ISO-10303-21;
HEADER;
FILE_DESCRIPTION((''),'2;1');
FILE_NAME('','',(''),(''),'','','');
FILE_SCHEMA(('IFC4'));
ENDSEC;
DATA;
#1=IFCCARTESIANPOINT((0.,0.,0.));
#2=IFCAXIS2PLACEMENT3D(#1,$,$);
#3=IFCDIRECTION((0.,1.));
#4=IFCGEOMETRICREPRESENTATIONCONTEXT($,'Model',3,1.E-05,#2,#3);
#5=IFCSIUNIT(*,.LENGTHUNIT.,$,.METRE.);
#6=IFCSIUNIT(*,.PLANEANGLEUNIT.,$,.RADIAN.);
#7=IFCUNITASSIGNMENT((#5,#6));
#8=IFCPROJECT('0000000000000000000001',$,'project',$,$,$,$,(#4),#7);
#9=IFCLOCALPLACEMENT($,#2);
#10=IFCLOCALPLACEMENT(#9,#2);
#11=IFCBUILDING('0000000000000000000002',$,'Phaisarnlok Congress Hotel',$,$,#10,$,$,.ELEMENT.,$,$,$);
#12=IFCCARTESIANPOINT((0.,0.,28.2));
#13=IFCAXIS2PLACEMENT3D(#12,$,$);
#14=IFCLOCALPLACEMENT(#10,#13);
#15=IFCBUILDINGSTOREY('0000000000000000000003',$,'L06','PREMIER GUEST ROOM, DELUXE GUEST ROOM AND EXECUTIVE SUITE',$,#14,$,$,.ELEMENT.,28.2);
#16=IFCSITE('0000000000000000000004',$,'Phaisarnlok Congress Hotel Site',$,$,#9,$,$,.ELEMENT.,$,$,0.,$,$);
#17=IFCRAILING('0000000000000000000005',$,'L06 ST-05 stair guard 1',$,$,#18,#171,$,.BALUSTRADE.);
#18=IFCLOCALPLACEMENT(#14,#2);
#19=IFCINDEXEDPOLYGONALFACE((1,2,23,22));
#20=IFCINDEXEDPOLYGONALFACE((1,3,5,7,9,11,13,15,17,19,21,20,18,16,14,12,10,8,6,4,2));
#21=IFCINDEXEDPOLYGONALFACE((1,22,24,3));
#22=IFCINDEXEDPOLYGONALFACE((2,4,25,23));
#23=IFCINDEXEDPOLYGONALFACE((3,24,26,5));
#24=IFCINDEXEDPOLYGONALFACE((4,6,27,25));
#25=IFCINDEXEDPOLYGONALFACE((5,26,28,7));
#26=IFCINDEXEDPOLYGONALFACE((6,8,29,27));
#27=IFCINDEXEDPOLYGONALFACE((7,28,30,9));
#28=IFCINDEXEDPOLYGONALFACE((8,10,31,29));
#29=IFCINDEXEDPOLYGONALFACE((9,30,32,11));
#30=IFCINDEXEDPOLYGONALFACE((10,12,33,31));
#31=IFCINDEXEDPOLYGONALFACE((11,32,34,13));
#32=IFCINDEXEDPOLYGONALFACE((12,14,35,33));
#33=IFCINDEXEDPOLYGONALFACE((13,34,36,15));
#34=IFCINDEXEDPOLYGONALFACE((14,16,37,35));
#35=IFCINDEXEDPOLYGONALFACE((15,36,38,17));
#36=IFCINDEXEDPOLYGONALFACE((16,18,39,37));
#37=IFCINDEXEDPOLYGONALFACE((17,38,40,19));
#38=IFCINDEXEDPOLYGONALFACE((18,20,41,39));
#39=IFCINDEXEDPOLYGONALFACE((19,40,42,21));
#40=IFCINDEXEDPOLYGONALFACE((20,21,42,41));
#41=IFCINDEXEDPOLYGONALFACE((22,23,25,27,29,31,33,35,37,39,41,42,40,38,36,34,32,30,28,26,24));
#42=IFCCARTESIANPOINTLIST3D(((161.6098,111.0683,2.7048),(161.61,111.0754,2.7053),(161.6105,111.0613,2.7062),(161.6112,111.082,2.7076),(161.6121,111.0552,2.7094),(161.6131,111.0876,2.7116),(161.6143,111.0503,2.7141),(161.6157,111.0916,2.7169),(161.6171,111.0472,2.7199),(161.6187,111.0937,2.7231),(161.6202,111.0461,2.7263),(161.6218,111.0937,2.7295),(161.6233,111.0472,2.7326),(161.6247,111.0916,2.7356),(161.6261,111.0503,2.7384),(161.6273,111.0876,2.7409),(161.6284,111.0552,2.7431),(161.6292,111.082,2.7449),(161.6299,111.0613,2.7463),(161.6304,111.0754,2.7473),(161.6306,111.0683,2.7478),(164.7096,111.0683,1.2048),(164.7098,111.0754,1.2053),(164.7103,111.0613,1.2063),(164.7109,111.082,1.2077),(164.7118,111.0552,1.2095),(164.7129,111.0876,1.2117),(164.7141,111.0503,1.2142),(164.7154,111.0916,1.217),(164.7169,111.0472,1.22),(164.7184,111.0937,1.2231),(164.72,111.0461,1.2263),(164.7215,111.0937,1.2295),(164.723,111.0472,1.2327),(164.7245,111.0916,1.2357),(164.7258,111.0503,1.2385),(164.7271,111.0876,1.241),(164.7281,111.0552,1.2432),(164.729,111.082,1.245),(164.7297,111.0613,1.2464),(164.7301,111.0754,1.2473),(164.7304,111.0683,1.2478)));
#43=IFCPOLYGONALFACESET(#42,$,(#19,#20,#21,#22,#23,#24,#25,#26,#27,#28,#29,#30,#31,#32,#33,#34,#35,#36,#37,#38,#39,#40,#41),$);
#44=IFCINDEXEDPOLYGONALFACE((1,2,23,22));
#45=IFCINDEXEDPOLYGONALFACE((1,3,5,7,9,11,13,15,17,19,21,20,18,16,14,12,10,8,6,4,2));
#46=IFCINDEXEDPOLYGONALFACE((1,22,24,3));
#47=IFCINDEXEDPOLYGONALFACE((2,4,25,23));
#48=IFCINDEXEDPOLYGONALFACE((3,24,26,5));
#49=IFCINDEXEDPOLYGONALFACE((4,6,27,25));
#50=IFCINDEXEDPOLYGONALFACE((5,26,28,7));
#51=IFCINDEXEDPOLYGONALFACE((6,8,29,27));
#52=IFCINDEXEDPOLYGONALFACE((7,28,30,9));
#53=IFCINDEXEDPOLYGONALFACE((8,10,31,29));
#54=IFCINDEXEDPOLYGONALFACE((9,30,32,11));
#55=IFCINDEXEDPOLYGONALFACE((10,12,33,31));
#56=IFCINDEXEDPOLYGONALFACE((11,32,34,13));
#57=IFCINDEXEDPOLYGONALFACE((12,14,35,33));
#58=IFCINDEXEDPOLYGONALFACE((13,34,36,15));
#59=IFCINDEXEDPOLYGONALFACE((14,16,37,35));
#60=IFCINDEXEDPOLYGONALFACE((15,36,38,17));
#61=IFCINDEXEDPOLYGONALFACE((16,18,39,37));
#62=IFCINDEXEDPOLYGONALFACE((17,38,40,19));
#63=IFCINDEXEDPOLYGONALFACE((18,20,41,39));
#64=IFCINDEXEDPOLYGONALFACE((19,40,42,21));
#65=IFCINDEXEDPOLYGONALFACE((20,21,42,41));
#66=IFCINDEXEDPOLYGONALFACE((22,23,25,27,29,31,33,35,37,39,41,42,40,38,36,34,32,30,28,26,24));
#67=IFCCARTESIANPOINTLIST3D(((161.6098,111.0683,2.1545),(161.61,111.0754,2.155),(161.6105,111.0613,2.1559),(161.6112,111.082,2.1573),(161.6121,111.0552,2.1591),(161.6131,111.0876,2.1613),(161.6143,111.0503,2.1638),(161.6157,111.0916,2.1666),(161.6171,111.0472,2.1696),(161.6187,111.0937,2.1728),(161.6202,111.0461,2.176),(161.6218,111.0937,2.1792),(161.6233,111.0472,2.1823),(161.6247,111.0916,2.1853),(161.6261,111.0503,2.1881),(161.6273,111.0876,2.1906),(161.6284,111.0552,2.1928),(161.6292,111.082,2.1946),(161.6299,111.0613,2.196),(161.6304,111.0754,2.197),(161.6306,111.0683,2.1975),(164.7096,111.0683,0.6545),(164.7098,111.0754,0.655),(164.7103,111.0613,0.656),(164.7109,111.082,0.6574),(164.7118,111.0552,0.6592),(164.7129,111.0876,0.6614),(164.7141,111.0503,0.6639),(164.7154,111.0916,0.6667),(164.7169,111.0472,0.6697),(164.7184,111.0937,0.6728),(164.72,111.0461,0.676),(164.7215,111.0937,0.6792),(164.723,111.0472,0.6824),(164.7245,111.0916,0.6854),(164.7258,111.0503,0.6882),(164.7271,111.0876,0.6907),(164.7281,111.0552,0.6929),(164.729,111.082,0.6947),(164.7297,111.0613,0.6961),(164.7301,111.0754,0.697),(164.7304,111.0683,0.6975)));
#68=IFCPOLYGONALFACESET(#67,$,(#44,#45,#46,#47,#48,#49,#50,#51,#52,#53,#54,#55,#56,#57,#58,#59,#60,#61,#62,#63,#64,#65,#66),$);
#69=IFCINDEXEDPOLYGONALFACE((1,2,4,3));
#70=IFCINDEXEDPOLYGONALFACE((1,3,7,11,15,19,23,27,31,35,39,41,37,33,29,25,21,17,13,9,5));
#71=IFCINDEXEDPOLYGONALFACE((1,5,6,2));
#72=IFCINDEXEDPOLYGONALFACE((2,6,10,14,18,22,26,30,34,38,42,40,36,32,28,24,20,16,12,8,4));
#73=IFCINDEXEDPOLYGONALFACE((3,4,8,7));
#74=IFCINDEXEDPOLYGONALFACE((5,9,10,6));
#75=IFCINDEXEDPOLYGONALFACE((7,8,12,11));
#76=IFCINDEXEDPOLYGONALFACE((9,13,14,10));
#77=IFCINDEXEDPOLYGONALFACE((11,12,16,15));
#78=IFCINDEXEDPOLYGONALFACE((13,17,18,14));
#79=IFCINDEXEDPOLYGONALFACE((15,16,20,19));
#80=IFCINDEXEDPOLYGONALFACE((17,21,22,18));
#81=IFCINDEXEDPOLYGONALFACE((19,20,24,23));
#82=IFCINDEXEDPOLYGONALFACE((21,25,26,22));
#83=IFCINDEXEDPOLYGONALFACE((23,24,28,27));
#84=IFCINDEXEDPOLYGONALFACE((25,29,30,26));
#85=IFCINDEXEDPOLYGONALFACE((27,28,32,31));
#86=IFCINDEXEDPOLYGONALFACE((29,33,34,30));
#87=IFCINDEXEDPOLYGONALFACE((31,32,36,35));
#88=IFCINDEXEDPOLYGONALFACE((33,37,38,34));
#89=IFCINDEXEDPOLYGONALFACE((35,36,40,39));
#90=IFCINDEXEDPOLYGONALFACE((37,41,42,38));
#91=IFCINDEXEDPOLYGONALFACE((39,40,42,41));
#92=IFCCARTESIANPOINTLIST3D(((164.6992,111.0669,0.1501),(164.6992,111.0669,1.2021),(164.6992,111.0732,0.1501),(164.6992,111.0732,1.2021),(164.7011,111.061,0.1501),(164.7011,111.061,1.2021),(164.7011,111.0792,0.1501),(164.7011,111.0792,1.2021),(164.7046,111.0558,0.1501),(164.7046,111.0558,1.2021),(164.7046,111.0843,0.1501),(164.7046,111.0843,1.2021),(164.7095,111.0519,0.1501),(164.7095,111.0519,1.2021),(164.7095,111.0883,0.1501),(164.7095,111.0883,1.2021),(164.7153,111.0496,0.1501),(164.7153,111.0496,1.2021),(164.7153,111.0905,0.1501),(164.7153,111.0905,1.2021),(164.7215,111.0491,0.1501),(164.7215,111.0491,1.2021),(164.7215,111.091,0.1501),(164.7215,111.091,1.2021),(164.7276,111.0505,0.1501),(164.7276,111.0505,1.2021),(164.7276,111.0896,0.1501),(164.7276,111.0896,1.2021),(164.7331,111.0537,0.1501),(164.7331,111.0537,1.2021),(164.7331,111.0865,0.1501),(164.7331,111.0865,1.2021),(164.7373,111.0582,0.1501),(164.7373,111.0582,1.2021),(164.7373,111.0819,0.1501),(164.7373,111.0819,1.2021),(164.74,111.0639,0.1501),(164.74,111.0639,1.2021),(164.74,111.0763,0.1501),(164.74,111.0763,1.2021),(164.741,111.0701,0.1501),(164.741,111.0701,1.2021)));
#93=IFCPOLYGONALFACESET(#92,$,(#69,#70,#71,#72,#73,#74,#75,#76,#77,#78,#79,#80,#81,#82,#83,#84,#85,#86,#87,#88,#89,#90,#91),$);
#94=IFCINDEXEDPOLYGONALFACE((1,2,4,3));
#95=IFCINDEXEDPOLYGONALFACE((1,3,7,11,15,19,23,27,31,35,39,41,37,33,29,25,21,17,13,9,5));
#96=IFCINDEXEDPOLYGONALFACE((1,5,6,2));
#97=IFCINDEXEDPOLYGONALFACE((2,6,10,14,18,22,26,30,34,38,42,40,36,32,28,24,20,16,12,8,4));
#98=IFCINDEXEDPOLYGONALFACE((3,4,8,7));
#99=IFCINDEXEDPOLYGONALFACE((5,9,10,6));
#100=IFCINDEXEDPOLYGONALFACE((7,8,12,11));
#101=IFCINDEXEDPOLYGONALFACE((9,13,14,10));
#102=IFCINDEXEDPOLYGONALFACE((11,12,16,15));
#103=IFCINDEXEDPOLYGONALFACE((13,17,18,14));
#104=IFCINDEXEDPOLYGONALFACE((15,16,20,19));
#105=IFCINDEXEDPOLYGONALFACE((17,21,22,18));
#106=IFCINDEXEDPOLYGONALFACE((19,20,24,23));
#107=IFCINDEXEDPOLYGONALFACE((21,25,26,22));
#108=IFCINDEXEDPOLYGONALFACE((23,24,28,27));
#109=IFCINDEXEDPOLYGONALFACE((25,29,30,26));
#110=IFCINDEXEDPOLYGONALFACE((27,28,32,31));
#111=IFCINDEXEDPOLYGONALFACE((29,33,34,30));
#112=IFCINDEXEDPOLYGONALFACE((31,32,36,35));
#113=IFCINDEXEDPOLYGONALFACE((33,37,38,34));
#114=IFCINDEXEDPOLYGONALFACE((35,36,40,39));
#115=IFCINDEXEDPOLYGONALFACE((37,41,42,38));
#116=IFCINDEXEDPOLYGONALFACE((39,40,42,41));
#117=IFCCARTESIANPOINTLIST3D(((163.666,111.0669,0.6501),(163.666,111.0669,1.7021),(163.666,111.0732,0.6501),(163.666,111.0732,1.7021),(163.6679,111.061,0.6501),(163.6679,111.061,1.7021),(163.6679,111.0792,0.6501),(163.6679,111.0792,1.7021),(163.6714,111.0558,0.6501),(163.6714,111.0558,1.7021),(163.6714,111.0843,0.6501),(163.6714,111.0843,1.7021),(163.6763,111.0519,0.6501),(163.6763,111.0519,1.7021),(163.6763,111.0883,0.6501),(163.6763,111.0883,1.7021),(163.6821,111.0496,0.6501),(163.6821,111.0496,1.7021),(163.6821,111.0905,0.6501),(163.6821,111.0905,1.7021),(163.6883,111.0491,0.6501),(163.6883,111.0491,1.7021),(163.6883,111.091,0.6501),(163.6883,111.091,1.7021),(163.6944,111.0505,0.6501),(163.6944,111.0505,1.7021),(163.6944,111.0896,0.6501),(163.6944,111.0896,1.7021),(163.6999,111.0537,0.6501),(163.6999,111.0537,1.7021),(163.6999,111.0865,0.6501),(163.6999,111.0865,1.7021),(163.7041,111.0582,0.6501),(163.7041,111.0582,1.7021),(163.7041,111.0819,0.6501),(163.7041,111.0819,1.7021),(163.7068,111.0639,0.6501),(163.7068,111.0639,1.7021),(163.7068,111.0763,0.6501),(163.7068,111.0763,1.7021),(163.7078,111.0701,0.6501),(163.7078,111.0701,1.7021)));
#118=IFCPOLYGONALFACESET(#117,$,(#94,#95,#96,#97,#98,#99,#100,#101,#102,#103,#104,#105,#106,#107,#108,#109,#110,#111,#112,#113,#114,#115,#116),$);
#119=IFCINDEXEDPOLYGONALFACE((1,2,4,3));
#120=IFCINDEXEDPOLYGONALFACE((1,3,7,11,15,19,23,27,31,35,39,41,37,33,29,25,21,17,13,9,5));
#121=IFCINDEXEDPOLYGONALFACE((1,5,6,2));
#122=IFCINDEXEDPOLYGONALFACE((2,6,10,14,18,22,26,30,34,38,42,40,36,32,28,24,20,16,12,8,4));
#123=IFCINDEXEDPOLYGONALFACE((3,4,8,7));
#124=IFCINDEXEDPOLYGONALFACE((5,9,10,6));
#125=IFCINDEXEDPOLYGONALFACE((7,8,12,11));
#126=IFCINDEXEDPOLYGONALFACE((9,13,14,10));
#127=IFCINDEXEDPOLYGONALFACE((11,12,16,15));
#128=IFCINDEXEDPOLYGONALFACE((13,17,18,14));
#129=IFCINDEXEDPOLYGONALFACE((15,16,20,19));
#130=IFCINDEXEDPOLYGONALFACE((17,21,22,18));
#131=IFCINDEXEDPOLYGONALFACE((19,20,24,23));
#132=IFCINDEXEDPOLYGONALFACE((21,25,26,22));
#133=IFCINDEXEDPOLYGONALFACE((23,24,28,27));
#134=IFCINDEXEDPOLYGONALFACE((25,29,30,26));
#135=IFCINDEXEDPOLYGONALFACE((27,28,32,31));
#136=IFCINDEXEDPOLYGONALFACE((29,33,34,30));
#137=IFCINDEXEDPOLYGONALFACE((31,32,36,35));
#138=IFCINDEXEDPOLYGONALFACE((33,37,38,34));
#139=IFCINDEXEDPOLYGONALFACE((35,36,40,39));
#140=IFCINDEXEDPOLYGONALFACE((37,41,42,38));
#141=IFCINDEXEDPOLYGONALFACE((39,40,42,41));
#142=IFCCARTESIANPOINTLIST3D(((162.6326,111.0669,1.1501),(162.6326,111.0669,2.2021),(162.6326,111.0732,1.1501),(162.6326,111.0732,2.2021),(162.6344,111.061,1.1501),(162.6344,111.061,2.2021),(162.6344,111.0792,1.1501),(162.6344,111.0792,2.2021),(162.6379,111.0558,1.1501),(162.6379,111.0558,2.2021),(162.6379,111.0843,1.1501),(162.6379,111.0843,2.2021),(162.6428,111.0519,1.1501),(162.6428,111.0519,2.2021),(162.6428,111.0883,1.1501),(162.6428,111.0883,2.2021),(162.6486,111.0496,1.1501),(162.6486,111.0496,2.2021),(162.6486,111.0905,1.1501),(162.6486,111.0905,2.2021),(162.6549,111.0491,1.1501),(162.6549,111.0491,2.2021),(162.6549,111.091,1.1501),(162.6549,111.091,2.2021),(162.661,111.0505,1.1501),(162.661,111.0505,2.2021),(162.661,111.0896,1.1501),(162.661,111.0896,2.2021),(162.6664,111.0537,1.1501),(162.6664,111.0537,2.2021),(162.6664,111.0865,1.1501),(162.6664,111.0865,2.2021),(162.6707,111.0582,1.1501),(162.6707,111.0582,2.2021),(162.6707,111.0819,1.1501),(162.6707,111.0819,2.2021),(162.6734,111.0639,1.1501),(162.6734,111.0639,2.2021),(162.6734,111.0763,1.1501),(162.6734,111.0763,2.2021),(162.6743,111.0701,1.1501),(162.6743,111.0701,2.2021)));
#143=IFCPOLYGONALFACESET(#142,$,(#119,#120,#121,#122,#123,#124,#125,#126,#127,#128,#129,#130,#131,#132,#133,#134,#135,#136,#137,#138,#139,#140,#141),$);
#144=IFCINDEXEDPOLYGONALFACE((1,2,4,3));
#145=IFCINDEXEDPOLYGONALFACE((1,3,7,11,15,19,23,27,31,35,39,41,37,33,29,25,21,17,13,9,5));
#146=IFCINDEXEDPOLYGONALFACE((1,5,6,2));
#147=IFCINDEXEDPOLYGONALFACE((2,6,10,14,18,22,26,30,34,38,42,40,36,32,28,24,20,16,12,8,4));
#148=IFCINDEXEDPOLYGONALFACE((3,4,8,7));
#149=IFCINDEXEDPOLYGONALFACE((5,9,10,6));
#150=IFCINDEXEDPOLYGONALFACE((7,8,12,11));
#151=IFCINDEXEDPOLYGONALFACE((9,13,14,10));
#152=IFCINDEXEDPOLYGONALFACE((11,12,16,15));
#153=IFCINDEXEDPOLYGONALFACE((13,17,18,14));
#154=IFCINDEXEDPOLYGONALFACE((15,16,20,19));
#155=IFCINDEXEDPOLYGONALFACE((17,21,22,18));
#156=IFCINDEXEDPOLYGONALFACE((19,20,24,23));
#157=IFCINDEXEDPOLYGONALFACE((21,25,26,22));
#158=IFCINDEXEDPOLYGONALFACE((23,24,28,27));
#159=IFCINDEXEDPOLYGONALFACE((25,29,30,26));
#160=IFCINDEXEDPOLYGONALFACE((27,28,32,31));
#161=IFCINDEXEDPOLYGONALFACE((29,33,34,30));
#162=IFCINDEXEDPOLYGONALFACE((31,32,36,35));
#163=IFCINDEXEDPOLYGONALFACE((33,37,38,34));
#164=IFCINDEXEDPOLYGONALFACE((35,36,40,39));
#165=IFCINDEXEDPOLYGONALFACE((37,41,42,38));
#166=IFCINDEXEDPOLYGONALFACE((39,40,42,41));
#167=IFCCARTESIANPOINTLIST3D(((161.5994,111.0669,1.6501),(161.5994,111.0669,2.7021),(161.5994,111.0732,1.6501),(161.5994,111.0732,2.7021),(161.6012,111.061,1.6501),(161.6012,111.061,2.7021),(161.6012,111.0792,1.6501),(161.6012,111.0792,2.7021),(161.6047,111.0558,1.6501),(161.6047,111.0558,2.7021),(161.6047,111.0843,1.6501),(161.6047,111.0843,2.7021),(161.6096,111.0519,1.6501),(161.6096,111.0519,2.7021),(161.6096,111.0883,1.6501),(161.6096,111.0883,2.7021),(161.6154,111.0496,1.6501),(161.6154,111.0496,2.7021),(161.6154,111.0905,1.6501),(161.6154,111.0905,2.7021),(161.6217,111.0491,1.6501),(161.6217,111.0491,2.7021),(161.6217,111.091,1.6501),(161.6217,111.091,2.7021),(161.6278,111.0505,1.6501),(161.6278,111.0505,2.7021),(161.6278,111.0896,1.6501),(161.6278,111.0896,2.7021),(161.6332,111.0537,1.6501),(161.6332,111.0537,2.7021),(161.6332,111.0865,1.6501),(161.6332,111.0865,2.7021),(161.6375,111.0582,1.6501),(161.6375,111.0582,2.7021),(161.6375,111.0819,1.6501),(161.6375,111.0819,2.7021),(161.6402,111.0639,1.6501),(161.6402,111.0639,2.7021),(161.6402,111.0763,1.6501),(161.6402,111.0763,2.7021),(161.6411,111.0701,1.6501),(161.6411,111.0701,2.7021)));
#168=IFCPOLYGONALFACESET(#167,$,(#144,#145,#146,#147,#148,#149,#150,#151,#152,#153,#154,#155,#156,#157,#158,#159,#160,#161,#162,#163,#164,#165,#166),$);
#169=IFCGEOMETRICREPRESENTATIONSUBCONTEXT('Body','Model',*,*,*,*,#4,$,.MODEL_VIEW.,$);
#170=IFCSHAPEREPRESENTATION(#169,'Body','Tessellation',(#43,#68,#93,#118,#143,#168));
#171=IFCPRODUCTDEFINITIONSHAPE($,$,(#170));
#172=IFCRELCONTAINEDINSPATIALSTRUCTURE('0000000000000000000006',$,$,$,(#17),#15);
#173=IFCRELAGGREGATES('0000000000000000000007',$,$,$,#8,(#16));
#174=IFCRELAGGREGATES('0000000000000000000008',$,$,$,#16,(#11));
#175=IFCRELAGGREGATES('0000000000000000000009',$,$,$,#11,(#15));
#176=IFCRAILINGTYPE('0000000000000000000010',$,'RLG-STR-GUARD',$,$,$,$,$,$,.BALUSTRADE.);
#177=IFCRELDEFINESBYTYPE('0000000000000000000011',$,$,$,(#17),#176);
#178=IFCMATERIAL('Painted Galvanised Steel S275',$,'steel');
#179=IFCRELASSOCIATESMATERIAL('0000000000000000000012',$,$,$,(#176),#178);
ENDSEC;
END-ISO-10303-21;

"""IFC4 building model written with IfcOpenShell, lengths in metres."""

from ifc_helpers import new_model, si_unit, direction, frame, origin, origin_2d, place, context, subcontext, project, spatial, circle, extrude, material, type_object, element, save


model = new_model("IFC4")

# Units and contexts
model_context = context("Model", 3, precision=1e-05, world=origin(), true_north=direction((0.0, 1.0)))
body_context = subcontext(model_context, "Body", "Model", "MODEL_VIEW")
ifc_project = project(units=[si_unit("LENGTHUNIT", "METRE"), si_unit("PLANEANGLEUNIT", "RADIAN")], contexts=[model_context])

# Site, building, storey
site_placement = place(None, origin())
site = spatial("IfcSite", under=ifc_project, at=site_placement, Name="Phaisarnlok Congress Hotel Site", CompositionType="ELEMENT", RefElevation=0.0)
building_placement = place(site_placement, origin())
building = spatial("IfcBuilding", under=site, at=building_placement, Name="Phaisarnlok Congress Hotel", CompositionType="ELEMENT")
storey_placement = place(building_placement, frame((0.0, 0.0, 28.2)))
storey = spatial("IfcBuildingStorey", under=building, at=storey_placement, Name="L06", Description="PREMIER GUEST ROOM, DELUXE GUEST ROOM AND EXECUTIVE SUITE", CompositionType="ELEMENT", Elevation=28.2)

# Railing
ifc_material_1 = material(Name="Painted Galvanised Steel S275", Category="steel")
railing_type_1 = type_object("IfcRailingType", Name="RLG-STR-GUARD", PredefinedType="BALUSTRADE", material=ifc_material_1)
railing_1_placement = place(storey_placement, frame((164.72, 111.0701, 0.1501)))
element("IfcRailing", 1, at=railing_1_placement, inside=storey, type_object=railing_type_1, Name="L06 ST-05 stair guard 1", PredefinedType="BALUSTRADE", context=body_context, shape_type="SweptSolid", body=[
    extrude(circle(Radius=0.0239, at=origin_2d()), frame((0.0, 0.0, 1.0762), z_axis=(-0.900151, 0.0, 0.435578), x_axis=(0.0, -1.0, 0.0)), (0.0, 0.0, 1.0), 3.4436),
    extrude(circle(Radius=0.0239, at=origin_2d()), frame((0.0, 0.0, 0.5259), z_axis=(-0.900151, 0.0, 0.435578), x_axis=(0.0, -1.0, 0.0)), (0.0, 0.0, 1.0), 3.4436),
    extrude(circle(Radius=0.021, at=origin_2d()), origin(), (0.0, 0.0, 1.0), 1.052),
    extrude(circle(Radius=0.021, at=origin_2d()), frame((-1.0332, 0.0, 0.5)), (0.0, 0.0, 1.0), 1.052),
    extrude(circle(Radius=0.021, at=origin_2d()), frame((-2.0667, 0.0, 1.0)), (0.0, 0.0, 1.0), 1.052),
    extrude(circle(Radius=0.021, at=origin_2d()), frame((-3.0999, 0.0, 1.5)), (0.0, 0.0, 1.0), 1.052),
])

save(model, "model.ifc")
